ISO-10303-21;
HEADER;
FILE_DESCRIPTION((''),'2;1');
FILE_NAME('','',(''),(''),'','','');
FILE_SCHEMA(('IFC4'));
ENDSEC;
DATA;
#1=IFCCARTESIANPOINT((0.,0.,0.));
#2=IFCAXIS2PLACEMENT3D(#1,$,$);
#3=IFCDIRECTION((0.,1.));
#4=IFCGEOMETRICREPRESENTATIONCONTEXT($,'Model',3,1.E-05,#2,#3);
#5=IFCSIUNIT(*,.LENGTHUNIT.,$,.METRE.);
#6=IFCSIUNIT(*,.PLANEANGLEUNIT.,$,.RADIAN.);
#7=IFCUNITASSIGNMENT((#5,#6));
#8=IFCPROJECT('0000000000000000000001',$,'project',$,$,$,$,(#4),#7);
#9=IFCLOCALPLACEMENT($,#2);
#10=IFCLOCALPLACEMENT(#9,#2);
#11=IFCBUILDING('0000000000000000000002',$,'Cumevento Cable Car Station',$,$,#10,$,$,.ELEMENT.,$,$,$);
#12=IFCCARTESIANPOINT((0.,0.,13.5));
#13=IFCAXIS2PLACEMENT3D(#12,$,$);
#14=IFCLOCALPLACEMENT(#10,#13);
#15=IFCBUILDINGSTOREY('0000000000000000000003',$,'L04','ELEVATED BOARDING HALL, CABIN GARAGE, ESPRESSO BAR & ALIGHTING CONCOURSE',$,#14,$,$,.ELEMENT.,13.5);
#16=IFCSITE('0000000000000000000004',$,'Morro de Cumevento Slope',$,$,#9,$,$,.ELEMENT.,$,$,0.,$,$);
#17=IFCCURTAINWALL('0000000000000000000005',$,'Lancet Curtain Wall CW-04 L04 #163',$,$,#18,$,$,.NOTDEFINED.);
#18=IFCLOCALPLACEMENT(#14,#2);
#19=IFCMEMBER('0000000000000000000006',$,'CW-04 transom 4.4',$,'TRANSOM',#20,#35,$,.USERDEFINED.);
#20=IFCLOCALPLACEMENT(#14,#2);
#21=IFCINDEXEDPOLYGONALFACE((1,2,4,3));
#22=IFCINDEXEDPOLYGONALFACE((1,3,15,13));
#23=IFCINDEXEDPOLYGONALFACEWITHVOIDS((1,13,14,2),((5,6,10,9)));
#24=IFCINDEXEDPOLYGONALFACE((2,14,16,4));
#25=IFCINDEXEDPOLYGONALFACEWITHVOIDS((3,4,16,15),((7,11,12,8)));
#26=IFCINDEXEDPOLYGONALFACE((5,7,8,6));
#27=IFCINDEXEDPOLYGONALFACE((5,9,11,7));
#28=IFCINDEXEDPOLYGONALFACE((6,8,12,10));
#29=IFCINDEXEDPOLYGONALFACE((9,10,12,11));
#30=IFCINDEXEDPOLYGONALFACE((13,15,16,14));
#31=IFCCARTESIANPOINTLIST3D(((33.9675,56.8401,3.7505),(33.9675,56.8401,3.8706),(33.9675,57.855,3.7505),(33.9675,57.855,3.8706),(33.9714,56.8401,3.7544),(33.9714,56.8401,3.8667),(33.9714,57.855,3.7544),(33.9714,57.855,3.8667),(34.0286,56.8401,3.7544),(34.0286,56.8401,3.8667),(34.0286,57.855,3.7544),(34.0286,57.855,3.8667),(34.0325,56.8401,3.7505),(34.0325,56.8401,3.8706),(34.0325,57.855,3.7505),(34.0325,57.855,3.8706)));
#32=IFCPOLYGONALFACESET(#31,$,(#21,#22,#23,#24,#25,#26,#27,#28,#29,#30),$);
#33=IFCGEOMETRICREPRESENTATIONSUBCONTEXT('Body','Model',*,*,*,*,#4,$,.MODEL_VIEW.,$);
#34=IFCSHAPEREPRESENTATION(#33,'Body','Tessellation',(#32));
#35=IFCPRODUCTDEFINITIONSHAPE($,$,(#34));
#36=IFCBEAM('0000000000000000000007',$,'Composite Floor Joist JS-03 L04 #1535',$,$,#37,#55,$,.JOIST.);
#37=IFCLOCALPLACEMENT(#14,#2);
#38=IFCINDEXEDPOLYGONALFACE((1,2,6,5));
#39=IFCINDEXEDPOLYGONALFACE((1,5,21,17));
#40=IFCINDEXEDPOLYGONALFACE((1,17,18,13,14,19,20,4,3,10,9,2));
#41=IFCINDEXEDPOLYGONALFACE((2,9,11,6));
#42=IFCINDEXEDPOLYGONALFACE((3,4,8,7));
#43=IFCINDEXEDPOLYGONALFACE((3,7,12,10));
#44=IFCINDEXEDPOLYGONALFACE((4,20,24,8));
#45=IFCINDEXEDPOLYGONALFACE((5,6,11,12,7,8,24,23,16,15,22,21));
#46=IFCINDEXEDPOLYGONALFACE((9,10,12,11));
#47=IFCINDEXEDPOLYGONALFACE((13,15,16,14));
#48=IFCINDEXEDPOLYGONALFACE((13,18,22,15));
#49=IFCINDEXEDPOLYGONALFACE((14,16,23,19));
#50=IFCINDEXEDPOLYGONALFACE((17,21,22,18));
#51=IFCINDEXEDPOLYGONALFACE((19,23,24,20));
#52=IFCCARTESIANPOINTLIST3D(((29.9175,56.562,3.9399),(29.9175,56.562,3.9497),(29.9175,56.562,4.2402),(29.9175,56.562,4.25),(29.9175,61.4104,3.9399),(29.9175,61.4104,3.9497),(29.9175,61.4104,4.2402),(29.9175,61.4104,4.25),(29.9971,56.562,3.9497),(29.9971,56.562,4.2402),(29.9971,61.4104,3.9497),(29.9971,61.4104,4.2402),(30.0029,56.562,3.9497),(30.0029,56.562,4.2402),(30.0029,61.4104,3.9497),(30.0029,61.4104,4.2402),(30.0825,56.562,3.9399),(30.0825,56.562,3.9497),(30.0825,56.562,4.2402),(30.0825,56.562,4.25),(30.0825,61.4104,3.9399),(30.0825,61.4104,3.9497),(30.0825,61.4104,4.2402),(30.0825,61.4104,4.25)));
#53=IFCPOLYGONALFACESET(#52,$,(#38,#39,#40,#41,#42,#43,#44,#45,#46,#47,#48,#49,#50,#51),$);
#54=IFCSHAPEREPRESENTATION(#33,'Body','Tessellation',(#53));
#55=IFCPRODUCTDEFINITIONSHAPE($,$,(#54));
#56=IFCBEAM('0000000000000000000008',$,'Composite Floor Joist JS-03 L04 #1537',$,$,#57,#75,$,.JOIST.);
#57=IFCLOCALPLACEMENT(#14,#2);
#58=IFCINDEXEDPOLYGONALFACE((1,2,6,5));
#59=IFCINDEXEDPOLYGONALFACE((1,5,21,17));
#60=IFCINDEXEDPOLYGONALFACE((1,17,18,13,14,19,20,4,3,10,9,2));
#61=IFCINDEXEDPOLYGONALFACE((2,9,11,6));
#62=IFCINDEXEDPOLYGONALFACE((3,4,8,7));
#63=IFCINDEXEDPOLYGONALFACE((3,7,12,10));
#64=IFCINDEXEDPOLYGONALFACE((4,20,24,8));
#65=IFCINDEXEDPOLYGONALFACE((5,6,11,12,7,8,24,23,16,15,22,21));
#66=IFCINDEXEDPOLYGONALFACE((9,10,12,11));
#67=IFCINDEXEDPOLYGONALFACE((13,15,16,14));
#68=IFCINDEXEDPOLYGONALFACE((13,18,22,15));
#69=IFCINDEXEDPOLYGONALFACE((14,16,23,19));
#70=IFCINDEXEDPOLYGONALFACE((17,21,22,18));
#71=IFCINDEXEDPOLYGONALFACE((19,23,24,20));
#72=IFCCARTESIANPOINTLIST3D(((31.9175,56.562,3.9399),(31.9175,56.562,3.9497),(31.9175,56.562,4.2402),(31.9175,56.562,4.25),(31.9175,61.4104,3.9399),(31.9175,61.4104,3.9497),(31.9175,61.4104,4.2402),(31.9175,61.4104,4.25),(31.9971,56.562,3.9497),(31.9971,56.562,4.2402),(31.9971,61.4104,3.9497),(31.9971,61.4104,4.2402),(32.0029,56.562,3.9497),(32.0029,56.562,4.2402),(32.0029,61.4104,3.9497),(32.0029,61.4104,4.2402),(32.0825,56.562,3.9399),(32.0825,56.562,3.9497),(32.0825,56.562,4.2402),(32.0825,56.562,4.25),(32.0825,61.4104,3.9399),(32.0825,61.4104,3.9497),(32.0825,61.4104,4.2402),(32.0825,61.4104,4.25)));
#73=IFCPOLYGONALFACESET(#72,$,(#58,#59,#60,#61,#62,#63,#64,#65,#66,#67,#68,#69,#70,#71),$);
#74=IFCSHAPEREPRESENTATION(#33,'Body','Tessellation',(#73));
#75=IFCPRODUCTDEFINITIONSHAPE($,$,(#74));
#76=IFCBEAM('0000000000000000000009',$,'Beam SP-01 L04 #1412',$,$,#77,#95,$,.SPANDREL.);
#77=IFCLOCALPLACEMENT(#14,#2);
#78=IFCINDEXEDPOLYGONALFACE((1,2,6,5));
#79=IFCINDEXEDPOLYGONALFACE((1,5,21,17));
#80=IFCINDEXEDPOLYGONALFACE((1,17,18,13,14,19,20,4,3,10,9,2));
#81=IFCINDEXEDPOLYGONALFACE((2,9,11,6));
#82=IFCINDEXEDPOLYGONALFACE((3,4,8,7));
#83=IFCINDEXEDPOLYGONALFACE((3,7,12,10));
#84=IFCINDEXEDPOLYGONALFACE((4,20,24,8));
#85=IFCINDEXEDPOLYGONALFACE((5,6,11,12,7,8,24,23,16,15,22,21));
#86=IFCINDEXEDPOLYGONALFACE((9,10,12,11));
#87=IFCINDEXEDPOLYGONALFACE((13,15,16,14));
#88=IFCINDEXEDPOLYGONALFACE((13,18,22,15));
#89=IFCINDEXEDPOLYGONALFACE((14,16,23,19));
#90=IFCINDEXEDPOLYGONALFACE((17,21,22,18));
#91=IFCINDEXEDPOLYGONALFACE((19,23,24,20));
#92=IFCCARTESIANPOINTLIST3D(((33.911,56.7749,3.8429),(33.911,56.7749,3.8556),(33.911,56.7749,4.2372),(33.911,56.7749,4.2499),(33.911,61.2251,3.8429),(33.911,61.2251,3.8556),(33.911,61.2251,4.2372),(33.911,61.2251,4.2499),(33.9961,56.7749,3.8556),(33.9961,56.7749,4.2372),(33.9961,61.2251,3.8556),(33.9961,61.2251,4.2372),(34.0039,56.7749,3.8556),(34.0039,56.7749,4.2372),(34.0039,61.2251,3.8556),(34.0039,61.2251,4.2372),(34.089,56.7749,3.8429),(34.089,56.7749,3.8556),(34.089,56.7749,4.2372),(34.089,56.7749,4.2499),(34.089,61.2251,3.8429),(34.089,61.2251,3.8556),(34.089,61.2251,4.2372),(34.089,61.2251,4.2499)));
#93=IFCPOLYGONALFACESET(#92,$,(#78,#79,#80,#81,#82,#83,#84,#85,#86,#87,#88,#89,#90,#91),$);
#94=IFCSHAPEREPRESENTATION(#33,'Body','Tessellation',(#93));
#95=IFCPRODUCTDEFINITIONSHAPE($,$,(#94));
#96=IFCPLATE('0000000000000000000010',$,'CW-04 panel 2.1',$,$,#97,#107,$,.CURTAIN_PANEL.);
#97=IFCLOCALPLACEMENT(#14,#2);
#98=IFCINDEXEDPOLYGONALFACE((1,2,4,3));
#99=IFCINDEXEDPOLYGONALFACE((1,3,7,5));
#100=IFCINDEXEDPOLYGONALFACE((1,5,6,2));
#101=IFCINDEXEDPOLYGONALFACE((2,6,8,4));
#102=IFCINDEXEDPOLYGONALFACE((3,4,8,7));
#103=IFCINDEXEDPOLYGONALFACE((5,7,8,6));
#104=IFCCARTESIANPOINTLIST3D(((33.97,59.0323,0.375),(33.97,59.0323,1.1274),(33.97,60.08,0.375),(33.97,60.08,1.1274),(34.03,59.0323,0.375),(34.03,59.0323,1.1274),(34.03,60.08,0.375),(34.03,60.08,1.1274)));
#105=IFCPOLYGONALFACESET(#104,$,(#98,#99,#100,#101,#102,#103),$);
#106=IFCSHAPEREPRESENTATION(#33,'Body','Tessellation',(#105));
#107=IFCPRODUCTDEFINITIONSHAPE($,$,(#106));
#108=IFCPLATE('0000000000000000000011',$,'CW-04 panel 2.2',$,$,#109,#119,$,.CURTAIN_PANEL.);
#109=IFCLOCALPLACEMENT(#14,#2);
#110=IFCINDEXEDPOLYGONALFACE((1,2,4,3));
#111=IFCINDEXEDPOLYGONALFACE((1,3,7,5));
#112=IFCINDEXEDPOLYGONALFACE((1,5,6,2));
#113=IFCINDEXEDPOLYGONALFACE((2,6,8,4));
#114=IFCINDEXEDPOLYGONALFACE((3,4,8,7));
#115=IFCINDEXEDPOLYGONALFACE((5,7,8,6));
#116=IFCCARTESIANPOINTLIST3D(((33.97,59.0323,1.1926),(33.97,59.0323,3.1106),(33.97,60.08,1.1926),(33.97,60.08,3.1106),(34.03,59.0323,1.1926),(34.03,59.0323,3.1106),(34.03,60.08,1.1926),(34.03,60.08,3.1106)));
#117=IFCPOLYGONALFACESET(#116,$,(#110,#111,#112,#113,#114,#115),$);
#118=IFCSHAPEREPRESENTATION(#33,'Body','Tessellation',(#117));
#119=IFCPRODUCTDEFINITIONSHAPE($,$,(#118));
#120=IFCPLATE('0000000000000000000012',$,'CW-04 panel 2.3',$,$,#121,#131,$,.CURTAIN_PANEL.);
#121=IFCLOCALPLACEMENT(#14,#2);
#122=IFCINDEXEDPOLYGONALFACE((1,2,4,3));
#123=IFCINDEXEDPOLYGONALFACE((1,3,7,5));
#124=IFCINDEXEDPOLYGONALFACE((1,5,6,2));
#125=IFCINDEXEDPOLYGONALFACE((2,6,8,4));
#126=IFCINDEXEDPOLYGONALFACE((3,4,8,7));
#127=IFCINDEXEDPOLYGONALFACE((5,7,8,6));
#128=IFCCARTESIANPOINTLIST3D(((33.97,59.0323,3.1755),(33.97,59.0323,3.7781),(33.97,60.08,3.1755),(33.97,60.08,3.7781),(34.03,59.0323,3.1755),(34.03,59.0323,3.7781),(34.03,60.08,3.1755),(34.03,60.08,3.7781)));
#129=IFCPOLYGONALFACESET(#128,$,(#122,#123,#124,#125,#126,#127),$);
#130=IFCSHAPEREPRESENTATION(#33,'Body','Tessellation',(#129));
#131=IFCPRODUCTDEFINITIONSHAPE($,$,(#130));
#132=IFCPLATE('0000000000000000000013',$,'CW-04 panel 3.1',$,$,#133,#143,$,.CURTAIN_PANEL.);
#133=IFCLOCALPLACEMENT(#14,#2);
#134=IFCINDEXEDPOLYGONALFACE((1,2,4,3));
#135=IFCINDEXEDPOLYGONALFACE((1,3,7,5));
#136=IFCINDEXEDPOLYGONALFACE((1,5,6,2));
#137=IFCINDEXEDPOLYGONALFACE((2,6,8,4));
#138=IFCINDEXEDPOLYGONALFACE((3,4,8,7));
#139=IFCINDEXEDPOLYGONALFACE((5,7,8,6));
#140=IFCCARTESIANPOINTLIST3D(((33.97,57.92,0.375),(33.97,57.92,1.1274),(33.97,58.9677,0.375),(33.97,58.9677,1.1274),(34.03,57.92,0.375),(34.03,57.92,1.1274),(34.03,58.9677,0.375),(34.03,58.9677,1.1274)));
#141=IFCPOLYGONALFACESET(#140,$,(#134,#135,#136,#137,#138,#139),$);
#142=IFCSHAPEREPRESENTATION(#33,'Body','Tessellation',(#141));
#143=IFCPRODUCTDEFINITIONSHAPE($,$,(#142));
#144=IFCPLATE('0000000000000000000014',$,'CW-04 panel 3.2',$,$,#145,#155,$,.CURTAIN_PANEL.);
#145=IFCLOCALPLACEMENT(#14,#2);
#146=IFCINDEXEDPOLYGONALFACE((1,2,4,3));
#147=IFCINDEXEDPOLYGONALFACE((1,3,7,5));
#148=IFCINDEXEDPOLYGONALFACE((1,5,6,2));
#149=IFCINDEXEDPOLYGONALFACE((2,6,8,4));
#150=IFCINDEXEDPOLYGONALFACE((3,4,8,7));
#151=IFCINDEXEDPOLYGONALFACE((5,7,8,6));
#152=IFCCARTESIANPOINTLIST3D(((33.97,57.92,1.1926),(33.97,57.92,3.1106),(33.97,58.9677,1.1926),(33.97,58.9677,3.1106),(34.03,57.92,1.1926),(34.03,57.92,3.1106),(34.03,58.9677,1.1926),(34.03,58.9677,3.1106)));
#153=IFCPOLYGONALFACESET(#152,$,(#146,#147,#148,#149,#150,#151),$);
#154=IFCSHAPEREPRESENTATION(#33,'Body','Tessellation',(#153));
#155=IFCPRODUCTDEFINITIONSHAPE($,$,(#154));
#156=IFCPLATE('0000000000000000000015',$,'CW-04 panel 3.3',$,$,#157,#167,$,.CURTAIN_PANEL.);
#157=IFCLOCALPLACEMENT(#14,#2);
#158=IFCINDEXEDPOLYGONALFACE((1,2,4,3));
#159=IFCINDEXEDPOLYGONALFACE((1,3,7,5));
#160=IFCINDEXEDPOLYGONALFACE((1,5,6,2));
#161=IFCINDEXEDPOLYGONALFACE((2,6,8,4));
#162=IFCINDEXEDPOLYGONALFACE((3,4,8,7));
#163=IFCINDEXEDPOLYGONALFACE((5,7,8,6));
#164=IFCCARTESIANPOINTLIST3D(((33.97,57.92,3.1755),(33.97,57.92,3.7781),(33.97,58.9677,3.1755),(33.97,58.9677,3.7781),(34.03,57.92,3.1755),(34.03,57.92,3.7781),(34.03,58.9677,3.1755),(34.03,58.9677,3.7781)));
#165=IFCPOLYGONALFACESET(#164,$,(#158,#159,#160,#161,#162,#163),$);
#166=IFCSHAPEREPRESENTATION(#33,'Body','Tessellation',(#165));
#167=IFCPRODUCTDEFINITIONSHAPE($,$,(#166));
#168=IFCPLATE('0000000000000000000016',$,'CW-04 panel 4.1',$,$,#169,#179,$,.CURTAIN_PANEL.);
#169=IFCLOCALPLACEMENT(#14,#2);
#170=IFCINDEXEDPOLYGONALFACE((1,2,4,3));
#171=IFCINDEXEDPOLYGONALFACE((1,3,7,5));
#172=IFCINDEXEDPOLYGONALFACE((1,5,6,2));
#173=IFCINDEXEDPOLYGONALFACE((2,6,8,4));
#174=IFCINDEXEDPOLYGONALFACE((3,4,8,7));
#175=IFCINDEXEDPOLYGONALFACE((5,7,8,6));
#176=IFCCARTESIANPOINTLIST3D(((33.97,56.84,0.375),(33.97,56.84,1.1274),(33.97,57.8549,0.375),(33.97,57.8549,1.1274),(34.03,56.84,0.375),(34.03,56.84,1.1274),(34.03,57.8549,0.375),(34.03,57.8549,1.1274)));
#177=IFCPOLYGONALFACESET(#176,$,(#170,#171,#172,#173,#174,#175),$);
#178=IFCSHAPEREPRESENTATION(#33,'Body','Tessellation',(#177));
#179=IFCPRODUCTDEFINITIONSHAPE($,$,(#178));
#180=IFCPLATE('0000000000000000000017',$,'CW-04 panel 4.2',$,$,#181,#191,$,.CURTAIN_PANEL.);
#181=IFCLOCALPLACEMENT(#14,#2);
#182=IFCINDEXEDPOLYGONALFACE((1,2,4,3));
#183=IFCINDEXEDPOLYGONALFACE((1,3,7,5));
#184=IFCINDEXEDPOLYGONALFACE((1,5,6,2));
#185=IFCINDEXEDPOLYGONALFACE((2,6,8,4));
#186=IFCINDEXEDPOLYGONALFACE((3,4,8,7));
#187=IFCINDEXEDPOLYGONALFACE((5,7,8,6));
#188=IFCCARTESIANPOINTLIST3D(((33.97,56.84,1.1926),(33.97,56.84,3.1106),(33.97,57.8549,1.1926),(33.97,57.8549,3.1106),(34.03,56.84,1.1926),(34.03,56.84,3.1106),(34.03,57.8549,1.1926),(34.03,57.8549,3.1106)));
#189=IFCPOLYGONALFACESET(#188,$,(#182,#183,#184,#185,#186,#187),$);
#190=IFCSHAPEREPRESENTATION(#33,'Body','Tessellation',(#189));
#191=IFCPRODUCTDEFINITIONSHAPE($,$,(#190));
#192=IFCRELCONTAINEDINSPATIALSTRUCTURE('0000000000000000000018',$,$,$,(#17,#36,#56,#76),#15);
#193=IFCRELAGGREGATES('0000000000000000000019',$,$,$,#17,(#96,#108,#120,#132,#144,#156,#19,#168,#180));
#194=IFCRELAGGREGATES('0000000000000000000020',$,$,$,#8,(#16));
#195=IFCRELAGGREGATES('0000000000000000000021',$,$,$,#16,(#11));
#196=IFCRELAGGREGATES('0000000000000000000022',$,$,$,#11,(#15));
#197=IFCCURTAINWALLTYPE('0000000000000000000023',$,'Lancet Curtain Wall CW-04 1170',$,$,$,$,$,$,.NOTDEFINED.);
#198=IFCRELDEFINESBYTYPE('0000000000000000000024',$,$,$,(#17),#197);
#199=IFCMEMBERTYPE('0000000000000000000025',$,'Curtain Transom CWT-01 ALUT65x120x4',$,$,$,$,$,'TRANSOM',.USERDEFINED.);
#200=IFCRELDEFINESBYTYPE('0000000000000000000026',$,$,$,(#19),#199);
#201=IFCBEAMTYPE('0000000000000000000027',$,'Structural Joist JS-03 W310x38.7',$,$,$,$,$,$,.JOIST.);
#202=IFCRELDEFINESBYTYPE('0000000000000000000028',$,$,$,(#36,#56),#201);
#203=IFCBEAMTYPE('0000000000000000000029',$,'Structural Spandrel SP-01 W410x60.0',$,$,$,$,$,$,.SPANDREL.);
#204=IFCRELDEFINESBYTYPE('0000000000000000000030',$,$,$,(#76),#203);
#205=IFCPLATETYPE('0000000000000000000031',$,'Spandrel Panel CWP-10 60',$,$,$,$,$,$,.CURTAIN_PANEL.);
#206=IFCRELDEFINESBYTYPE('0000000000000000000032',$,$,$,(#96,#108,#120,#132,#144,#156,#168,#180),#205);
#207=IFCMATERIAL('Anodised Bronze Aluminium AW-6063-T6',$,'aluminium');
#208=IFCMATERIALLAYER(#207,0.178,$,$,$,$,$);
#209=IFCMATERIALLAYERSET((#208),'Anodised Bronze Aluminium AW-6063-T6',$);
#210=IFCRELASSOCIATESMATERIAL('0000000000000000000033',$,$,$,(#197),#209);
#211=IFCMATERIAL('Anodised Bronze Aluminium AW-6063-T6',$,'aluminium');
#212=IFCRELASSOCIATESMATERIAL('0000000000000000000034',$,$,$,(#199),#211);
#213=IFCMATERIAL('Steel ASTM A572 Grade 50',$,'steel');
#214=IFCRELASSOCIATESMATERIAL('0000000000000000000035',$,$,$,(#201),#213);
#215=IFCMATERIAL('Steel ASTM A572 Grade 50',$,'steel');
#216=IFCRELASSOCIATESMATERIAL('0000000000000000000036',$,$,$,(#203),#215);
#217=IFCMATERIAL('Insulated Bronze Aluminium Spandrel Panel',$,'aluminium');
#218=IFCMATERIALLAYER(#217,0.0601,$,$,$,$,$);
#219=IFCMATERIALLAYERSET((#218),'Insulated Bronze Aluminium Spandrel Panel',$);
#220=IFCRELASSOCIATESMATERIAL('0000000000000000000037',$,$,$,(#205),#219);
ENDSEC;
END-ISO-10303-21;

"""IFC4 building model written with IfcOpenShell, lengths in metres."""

from ifc_helpers import new_model, si_unit, direction, frame, origin, origin_2d, place, context, subcontext, project, spatial, rectangle, hollow_rectangle, i_section, extrude, material, layer, layer_set, material_profile, profile_set, type_object, element, aggregate, save


model = new_model("IFC4")

# Units and contexts
model_context = context("Model", 3, precision=1e-05, world=origin(), true_north=direction((0.0, 1.0)))
body_context = subcontext(model_context, "Body", "Model", "MODEL_VIEW")
ifc_project = project(units=[si_unit("LENGTHUNIT", "METRE"), si_unit("PLANEANGLEUNIT", "RADIAN")], contexts=[model_context])

# Site, building, storey
site_placement = place(None, origin())
site = spatial("IfcSite", under=ifc_project, at=site_placement, Name="Morro de Cumevento Slope", CompositionType="ELEMENT", RefElevation=0.0)
building_placement = place(site_placement, origin())
building = spatial("IfcBuilding", under=site, at=building_placement, Name="Cumevento Cable Car Station", CompositionType="ELEMENT")
storey_placement = place(building_placement, frame((0.0, 0.0, 13.5)))
storey = spatial("IfcBuildingStorey", under=building, at=storey_placement, Name="L04", Description="ELEVATED BOARDING HALL, CABIN GARAGE, ESPRESSO BAR & ALIGHTING CONCOURSE", CompositionType="ELEMENT", Elevation=13.5)

# Curtain wall, member
ifc_material_1 = material(Name="Anodised Bronze Aluminium AW-6063-T6", Category="aluminium")
ifc_layer_1 = layer(ifc_material_1, 0.178)
ifc_layer_set_1 = layer_set([ifc_layer_1], Name="Anodised Bronze Aluminium AW-6063-T6")
curtain_wall_type = type_object("IfcCurtainWallType", Name="Lancet Curtain Wall CW-04 1170", PredefinedType="NOTDEFINED", material=ifc_layer_set_1)
curtain_wall_placement = place(storey_placement, origin())
curtain_wall = element("IfcCurtainWall", 1, at=curtain_wall_placement, inside=storey, type_object=curtain_wall_type, Name="Lancet Curtain Wall CW-04 L04 #163", PredefinedType="NOTDEFINED")
ifc_material_2 = material(Name="Anodised Bronze Aluminium AW-6063-T6", Category="aluminium")
ifc_material_profile_1 = material_profile(ifc_material_2, hollow_rectangle(XDim=0.0649, YDim=0.1201, WallThickness=0.0039, at=origin_2d()), Name="ALUT65x120x4")
ifc_profile_set_1 = profile_set([ifc_material_profile_1], Name="Anodised Bronze Aluminium AW-6063-T6")
member_type_1 = type_object("IfcMemberType", Name="Curtain Transom CWT-01 ALUT65x120x4", ElementType="TRANSOM", PredefinedType="USERDEFINED", material=ifc_profile_set_1)
member_1_placement = place(storey_placement, frame((34.0, 57.855, 3.8105), z_axis=(0.0, -1.0, 0.0), x_axis=(1.0, 0.0, 0.0)))
member_1 = element("IfcMember", 2, at=member_1_placement, type_object=member_type_1, Name="CW-04 transom 4.4", ObjectType="TRANSOM", PredefinedType="USERDEFINED", context=body_context, shape_type="SweptSolid", body=[
    extrude(hollow_rectangle(XDim=0.0649, YDim=0.1201, WallThickness=0.0039, at=origin_2d()), origin(), (0.0, 0.0, 1.0), 1.0149),
])

# Beams
ifc_material_3 = material(Name="Steel ASTM A572 Grade 50", Category="steel")
ifc_material_profile_2 = material_profile(ifc_material_3, i_section(OverallWidth=0.165, OverallDepth=0.3101, WebThickness=0.0059, FlangeThickness=0.0098, at=origin_2d()), Name="W310x38.7")
ifc_profile_set_2 = profile_set([ifc_material_profile_2], Name="Steel ASTM A572 Grade 50")
beam_type_1 = type_object("IfcBeamType", Name="Structural Joist JS-03 W310x38.7", PredefinedType="JOIST", material=ifc_profile_set_2)
for number, where, z_axis, x_axis, name in (
    (3, (30.0, 56.562, 4.095), (0.0, 1.0, 0.0), (-1.0, 0.0, 0.0), "Composite Floor Joist JS-03 L04 #1535"),
    (4, (32.0, 56.562, 4.095), (0.0, 1.0, 0.0), (-1.0, 0.0, 0.0), "Composite Floor Joist JS-03 L04 #1537"),
):
    element("IfcBeam", number, at=place(storey_placement, frame(where, z_axis=z_axis, x_axis=x_axis)), inside=storey, type_object=beam_type_1, Name=name, PredefinedType="JOIST", context=body_context, shape_type="SweptSolid", body=[
        extrude(i_section(OverallWidth=0.165, OverallDepth=0.3101, WebThickness=0.0059, FlangeThickness=0.0098, at=origin_2d()), origin(), (0.0, 0.0, 1.0), 4.8484),
    ])
ifc_material_4 = material(Name="Steel ASTM A572 Grade 50", Category="steel")
ifc_material_profile_3 = material_profile(ifc_material_4, i_section(OverallWidth=0.178, OverallDepth=0.407, WebThickness=0.0078, FlangeThickness=0.0127, at=origin_2d()), Name="W410x60.0")
ifc_profile_set_3 = profile_set([ifc_material_profile_3], Name="Steel ASTM A572 Grade 50")
beam_type_2 = type_object("IfcBeamType", Name="Structural Spandrel SP-01 W410x60.0", PredefinedType="SPANDREL", material=ifc_profile_set_3)
beam_placement = place(storey_placement, frame((34.0, 56.7749, 4.0464), z_axis=(0.0, 1.0, 0.0), x_axis=(-1.0, 0.0, 0.0)))
element("IfcBeam", 5, at=beam_placement, inside=storey, type_object=beam_type_2, Name="Beam SP-01 L04 #1412", PredefinedType="SPANDREL", context=body_context, shape_type="SweptSolid", body=[
    extrude(i_section(OverallWidth=0.178, OverallDepth=0.407, WebThickness=0.0078, FlangeThickness=0.0127, at=origin_2d()), origin(), (0.0, 0.0, 1.0), 4.4502),
])

# Plates
ifc_material_5 = material(Name="Insulated Bronze Aluminium Spandrel Panel", Category="aluminium")
ifc_layer_2 = layer(ifc_material_5, 0.0601)
ifc_layer_set_2 = layer_set([ifc_layer_2], Name="Insulated Bronze Aluminium Spandrel Panel")
plate_type = type_object("IfcPlateType", Name="Spandrel Panel CWP-10 60", PredefinedType="CURTAIN_PANEL", material=ifc_layer_set_2)
plate_1_placement = place(storey_placement, frame((34.0, 59.5562, 0.375), z_axis=(0.0, 0.0, 1.0), x_axis=(0.0, -1.0, 0.0)))
plate_1 = element("IfcPlate", 6, at=plate_1_placement, type_object=plate_type, Name="CW-04 panel 2.1", PredefinedType="CURTAIN_PANEL", context=body_context, shape_type="SweptSolid", body=[
    extrude(rectangle(XDim=1.0476, YDim=0.0601, at=origin_2d()), origin(), (0.0, 0.0, 1.0), 0.7524),
])
plate_2_placement = place(storey_placement, frame((34.0, 59.5562, 1.1926), z_axis=(0.0, 0.0, 1.0), x_axis=(0.0, -1.0, 0.0)))
plate_2 = element("IfcPlate", 7, at=plate_2_placement, type_object=plate_type, Name="CW-04 panel 2.2", PredefinedType="CURTAIN_PANEL", context=body_context, shape_type="SweptSolid", body=[
    extrude(rectangle(XDim=1.0476, YDim=0.0601, at=origin_2d()), origin(), (0.0, 0.0, 1.0), 1.918),
])
plate_3_placement = place(storey_placement, frame((34.0, 59.5562, 3.1755), z_axis=(0.0, 0.0, 1.0), x_axis=(0.0, -1.0, 0.0)))
plate_3 = element("IfcPlate", 8, at=plate_3_placement, type_object=plate_type, Name="CW-04 panel 2.3", PredefinedType="CURTAIN_PANEL", context=body_context, shape_type="SweptSolid", body=[
    extrude(rectangle(XDim=1.0476, YDim=0.0601, at=origin_2d()), origin(), (0.0, 0.0, 1.0), 0.6025),
])
plate_4_placement = place(storey_placement, frame((34.0, 58.4438, 0.375), z_axis=(0.0, 0.0, 1.0), x_axis=(0.0, -1.0, 0.0)))
plate_4 = element("IfcPlate", 9, at=plate_4_placement, type_object=plate_type, Name="CW-04 panel 3.1", PredefinedType="CURTAIN_PANEL", context=body_context, shape_type="SweptSolid", body=[
    extrude(rectangle(XDim=1.0476, YDim=0.0601, at=origin_2d()), origin(), (0.0, 0.0, 1.0), 0.7524),
])
plate_5_placement = place(storey_placement, frame((34.0, 58.4438, 1.1926), z_axis=(0.0, 0.0, 1.0), x_axis=(0.0, -1.0, 0.0)))
plate_5 = element("IfcPlate", 10, at=plate_5_placement, type_object=plate_type, Name="CW-04 panel 3.2", PredefinedType="CURTAIN_PANEL", context=body_context, shape_type="SweptSolid", body=[
    extrude(rectangle(XDim=1.0476, YDim=0.0601, at=origin_2d()), origin(), (0.0, 0.0, 1.0), 1.918),
])
plate_6_placement = place(storey_placement, frame((34.0, 58.4438, 3.1755), z_axis=(0.0, 0.0, 1.0), x_axis=(0.0, -1.0, 0.0)))
plate_6 = element("IfcPlate", 11, at=plate_6_placement, type_object=plate_type, Name="CW-04 panel 3.3", PredefinedType="CURTAIN_PANEL", context=body_context, shape_type="SweptSolid", body=[
    extrude(rectangle(XDim=1.0476, YDim=0.0601, at=origin_2d()), origin(), (0.0, 0.0, 1.0), 0.6025),
])
plate_7_placement = place(storey_placement, frame((34.0, 57.3474, 0.375), z_axis=(0.0, 0.0, 1.0), x_axis=(0.0, -1.0, 0.0)))
plate_7 = element("IfcPlate", 12, at=plate_7_placement, type_object=plate_type, Name="CW-04 panel 4.1", PredefinedType="CURTAIN_PANEL", context=body_context, shape_type="SweptSolid", body=[
    extrude(rectangle(XDim=1.0149, YDim=0.0601, at=origin_2d()), origin(), (0.0, 0.0, 1.0), 0.7524),
])
plate_8_placement = place(storey_placement, frame((34.0, 57.3474, 1.1926), z_axis=(0.0, 0.0, 1.0), x_axis=(0.0, -1.0, 0.0)))
plate_8 = element("IfcPlate", 13, at=plate_8_placement, type_object=plate_type, Name="CW-04 panel 4.2", PredefinedType="CURTAIN_PANEL", context=body_context, shape_type="SweptSolid", body=[
    extrude(rectangle(XDim=1.0149, YDim=0.0601, at=origin_2d()), origin(), (0.0, 0.0, 1.0), 1.918),
])
aggregate(curtain_wall, [plate_1, plate_2, plate_3, plate_4, plate_5, plate_6, member_1, plate_7, plate_8])

save(model, "model.ifc")
